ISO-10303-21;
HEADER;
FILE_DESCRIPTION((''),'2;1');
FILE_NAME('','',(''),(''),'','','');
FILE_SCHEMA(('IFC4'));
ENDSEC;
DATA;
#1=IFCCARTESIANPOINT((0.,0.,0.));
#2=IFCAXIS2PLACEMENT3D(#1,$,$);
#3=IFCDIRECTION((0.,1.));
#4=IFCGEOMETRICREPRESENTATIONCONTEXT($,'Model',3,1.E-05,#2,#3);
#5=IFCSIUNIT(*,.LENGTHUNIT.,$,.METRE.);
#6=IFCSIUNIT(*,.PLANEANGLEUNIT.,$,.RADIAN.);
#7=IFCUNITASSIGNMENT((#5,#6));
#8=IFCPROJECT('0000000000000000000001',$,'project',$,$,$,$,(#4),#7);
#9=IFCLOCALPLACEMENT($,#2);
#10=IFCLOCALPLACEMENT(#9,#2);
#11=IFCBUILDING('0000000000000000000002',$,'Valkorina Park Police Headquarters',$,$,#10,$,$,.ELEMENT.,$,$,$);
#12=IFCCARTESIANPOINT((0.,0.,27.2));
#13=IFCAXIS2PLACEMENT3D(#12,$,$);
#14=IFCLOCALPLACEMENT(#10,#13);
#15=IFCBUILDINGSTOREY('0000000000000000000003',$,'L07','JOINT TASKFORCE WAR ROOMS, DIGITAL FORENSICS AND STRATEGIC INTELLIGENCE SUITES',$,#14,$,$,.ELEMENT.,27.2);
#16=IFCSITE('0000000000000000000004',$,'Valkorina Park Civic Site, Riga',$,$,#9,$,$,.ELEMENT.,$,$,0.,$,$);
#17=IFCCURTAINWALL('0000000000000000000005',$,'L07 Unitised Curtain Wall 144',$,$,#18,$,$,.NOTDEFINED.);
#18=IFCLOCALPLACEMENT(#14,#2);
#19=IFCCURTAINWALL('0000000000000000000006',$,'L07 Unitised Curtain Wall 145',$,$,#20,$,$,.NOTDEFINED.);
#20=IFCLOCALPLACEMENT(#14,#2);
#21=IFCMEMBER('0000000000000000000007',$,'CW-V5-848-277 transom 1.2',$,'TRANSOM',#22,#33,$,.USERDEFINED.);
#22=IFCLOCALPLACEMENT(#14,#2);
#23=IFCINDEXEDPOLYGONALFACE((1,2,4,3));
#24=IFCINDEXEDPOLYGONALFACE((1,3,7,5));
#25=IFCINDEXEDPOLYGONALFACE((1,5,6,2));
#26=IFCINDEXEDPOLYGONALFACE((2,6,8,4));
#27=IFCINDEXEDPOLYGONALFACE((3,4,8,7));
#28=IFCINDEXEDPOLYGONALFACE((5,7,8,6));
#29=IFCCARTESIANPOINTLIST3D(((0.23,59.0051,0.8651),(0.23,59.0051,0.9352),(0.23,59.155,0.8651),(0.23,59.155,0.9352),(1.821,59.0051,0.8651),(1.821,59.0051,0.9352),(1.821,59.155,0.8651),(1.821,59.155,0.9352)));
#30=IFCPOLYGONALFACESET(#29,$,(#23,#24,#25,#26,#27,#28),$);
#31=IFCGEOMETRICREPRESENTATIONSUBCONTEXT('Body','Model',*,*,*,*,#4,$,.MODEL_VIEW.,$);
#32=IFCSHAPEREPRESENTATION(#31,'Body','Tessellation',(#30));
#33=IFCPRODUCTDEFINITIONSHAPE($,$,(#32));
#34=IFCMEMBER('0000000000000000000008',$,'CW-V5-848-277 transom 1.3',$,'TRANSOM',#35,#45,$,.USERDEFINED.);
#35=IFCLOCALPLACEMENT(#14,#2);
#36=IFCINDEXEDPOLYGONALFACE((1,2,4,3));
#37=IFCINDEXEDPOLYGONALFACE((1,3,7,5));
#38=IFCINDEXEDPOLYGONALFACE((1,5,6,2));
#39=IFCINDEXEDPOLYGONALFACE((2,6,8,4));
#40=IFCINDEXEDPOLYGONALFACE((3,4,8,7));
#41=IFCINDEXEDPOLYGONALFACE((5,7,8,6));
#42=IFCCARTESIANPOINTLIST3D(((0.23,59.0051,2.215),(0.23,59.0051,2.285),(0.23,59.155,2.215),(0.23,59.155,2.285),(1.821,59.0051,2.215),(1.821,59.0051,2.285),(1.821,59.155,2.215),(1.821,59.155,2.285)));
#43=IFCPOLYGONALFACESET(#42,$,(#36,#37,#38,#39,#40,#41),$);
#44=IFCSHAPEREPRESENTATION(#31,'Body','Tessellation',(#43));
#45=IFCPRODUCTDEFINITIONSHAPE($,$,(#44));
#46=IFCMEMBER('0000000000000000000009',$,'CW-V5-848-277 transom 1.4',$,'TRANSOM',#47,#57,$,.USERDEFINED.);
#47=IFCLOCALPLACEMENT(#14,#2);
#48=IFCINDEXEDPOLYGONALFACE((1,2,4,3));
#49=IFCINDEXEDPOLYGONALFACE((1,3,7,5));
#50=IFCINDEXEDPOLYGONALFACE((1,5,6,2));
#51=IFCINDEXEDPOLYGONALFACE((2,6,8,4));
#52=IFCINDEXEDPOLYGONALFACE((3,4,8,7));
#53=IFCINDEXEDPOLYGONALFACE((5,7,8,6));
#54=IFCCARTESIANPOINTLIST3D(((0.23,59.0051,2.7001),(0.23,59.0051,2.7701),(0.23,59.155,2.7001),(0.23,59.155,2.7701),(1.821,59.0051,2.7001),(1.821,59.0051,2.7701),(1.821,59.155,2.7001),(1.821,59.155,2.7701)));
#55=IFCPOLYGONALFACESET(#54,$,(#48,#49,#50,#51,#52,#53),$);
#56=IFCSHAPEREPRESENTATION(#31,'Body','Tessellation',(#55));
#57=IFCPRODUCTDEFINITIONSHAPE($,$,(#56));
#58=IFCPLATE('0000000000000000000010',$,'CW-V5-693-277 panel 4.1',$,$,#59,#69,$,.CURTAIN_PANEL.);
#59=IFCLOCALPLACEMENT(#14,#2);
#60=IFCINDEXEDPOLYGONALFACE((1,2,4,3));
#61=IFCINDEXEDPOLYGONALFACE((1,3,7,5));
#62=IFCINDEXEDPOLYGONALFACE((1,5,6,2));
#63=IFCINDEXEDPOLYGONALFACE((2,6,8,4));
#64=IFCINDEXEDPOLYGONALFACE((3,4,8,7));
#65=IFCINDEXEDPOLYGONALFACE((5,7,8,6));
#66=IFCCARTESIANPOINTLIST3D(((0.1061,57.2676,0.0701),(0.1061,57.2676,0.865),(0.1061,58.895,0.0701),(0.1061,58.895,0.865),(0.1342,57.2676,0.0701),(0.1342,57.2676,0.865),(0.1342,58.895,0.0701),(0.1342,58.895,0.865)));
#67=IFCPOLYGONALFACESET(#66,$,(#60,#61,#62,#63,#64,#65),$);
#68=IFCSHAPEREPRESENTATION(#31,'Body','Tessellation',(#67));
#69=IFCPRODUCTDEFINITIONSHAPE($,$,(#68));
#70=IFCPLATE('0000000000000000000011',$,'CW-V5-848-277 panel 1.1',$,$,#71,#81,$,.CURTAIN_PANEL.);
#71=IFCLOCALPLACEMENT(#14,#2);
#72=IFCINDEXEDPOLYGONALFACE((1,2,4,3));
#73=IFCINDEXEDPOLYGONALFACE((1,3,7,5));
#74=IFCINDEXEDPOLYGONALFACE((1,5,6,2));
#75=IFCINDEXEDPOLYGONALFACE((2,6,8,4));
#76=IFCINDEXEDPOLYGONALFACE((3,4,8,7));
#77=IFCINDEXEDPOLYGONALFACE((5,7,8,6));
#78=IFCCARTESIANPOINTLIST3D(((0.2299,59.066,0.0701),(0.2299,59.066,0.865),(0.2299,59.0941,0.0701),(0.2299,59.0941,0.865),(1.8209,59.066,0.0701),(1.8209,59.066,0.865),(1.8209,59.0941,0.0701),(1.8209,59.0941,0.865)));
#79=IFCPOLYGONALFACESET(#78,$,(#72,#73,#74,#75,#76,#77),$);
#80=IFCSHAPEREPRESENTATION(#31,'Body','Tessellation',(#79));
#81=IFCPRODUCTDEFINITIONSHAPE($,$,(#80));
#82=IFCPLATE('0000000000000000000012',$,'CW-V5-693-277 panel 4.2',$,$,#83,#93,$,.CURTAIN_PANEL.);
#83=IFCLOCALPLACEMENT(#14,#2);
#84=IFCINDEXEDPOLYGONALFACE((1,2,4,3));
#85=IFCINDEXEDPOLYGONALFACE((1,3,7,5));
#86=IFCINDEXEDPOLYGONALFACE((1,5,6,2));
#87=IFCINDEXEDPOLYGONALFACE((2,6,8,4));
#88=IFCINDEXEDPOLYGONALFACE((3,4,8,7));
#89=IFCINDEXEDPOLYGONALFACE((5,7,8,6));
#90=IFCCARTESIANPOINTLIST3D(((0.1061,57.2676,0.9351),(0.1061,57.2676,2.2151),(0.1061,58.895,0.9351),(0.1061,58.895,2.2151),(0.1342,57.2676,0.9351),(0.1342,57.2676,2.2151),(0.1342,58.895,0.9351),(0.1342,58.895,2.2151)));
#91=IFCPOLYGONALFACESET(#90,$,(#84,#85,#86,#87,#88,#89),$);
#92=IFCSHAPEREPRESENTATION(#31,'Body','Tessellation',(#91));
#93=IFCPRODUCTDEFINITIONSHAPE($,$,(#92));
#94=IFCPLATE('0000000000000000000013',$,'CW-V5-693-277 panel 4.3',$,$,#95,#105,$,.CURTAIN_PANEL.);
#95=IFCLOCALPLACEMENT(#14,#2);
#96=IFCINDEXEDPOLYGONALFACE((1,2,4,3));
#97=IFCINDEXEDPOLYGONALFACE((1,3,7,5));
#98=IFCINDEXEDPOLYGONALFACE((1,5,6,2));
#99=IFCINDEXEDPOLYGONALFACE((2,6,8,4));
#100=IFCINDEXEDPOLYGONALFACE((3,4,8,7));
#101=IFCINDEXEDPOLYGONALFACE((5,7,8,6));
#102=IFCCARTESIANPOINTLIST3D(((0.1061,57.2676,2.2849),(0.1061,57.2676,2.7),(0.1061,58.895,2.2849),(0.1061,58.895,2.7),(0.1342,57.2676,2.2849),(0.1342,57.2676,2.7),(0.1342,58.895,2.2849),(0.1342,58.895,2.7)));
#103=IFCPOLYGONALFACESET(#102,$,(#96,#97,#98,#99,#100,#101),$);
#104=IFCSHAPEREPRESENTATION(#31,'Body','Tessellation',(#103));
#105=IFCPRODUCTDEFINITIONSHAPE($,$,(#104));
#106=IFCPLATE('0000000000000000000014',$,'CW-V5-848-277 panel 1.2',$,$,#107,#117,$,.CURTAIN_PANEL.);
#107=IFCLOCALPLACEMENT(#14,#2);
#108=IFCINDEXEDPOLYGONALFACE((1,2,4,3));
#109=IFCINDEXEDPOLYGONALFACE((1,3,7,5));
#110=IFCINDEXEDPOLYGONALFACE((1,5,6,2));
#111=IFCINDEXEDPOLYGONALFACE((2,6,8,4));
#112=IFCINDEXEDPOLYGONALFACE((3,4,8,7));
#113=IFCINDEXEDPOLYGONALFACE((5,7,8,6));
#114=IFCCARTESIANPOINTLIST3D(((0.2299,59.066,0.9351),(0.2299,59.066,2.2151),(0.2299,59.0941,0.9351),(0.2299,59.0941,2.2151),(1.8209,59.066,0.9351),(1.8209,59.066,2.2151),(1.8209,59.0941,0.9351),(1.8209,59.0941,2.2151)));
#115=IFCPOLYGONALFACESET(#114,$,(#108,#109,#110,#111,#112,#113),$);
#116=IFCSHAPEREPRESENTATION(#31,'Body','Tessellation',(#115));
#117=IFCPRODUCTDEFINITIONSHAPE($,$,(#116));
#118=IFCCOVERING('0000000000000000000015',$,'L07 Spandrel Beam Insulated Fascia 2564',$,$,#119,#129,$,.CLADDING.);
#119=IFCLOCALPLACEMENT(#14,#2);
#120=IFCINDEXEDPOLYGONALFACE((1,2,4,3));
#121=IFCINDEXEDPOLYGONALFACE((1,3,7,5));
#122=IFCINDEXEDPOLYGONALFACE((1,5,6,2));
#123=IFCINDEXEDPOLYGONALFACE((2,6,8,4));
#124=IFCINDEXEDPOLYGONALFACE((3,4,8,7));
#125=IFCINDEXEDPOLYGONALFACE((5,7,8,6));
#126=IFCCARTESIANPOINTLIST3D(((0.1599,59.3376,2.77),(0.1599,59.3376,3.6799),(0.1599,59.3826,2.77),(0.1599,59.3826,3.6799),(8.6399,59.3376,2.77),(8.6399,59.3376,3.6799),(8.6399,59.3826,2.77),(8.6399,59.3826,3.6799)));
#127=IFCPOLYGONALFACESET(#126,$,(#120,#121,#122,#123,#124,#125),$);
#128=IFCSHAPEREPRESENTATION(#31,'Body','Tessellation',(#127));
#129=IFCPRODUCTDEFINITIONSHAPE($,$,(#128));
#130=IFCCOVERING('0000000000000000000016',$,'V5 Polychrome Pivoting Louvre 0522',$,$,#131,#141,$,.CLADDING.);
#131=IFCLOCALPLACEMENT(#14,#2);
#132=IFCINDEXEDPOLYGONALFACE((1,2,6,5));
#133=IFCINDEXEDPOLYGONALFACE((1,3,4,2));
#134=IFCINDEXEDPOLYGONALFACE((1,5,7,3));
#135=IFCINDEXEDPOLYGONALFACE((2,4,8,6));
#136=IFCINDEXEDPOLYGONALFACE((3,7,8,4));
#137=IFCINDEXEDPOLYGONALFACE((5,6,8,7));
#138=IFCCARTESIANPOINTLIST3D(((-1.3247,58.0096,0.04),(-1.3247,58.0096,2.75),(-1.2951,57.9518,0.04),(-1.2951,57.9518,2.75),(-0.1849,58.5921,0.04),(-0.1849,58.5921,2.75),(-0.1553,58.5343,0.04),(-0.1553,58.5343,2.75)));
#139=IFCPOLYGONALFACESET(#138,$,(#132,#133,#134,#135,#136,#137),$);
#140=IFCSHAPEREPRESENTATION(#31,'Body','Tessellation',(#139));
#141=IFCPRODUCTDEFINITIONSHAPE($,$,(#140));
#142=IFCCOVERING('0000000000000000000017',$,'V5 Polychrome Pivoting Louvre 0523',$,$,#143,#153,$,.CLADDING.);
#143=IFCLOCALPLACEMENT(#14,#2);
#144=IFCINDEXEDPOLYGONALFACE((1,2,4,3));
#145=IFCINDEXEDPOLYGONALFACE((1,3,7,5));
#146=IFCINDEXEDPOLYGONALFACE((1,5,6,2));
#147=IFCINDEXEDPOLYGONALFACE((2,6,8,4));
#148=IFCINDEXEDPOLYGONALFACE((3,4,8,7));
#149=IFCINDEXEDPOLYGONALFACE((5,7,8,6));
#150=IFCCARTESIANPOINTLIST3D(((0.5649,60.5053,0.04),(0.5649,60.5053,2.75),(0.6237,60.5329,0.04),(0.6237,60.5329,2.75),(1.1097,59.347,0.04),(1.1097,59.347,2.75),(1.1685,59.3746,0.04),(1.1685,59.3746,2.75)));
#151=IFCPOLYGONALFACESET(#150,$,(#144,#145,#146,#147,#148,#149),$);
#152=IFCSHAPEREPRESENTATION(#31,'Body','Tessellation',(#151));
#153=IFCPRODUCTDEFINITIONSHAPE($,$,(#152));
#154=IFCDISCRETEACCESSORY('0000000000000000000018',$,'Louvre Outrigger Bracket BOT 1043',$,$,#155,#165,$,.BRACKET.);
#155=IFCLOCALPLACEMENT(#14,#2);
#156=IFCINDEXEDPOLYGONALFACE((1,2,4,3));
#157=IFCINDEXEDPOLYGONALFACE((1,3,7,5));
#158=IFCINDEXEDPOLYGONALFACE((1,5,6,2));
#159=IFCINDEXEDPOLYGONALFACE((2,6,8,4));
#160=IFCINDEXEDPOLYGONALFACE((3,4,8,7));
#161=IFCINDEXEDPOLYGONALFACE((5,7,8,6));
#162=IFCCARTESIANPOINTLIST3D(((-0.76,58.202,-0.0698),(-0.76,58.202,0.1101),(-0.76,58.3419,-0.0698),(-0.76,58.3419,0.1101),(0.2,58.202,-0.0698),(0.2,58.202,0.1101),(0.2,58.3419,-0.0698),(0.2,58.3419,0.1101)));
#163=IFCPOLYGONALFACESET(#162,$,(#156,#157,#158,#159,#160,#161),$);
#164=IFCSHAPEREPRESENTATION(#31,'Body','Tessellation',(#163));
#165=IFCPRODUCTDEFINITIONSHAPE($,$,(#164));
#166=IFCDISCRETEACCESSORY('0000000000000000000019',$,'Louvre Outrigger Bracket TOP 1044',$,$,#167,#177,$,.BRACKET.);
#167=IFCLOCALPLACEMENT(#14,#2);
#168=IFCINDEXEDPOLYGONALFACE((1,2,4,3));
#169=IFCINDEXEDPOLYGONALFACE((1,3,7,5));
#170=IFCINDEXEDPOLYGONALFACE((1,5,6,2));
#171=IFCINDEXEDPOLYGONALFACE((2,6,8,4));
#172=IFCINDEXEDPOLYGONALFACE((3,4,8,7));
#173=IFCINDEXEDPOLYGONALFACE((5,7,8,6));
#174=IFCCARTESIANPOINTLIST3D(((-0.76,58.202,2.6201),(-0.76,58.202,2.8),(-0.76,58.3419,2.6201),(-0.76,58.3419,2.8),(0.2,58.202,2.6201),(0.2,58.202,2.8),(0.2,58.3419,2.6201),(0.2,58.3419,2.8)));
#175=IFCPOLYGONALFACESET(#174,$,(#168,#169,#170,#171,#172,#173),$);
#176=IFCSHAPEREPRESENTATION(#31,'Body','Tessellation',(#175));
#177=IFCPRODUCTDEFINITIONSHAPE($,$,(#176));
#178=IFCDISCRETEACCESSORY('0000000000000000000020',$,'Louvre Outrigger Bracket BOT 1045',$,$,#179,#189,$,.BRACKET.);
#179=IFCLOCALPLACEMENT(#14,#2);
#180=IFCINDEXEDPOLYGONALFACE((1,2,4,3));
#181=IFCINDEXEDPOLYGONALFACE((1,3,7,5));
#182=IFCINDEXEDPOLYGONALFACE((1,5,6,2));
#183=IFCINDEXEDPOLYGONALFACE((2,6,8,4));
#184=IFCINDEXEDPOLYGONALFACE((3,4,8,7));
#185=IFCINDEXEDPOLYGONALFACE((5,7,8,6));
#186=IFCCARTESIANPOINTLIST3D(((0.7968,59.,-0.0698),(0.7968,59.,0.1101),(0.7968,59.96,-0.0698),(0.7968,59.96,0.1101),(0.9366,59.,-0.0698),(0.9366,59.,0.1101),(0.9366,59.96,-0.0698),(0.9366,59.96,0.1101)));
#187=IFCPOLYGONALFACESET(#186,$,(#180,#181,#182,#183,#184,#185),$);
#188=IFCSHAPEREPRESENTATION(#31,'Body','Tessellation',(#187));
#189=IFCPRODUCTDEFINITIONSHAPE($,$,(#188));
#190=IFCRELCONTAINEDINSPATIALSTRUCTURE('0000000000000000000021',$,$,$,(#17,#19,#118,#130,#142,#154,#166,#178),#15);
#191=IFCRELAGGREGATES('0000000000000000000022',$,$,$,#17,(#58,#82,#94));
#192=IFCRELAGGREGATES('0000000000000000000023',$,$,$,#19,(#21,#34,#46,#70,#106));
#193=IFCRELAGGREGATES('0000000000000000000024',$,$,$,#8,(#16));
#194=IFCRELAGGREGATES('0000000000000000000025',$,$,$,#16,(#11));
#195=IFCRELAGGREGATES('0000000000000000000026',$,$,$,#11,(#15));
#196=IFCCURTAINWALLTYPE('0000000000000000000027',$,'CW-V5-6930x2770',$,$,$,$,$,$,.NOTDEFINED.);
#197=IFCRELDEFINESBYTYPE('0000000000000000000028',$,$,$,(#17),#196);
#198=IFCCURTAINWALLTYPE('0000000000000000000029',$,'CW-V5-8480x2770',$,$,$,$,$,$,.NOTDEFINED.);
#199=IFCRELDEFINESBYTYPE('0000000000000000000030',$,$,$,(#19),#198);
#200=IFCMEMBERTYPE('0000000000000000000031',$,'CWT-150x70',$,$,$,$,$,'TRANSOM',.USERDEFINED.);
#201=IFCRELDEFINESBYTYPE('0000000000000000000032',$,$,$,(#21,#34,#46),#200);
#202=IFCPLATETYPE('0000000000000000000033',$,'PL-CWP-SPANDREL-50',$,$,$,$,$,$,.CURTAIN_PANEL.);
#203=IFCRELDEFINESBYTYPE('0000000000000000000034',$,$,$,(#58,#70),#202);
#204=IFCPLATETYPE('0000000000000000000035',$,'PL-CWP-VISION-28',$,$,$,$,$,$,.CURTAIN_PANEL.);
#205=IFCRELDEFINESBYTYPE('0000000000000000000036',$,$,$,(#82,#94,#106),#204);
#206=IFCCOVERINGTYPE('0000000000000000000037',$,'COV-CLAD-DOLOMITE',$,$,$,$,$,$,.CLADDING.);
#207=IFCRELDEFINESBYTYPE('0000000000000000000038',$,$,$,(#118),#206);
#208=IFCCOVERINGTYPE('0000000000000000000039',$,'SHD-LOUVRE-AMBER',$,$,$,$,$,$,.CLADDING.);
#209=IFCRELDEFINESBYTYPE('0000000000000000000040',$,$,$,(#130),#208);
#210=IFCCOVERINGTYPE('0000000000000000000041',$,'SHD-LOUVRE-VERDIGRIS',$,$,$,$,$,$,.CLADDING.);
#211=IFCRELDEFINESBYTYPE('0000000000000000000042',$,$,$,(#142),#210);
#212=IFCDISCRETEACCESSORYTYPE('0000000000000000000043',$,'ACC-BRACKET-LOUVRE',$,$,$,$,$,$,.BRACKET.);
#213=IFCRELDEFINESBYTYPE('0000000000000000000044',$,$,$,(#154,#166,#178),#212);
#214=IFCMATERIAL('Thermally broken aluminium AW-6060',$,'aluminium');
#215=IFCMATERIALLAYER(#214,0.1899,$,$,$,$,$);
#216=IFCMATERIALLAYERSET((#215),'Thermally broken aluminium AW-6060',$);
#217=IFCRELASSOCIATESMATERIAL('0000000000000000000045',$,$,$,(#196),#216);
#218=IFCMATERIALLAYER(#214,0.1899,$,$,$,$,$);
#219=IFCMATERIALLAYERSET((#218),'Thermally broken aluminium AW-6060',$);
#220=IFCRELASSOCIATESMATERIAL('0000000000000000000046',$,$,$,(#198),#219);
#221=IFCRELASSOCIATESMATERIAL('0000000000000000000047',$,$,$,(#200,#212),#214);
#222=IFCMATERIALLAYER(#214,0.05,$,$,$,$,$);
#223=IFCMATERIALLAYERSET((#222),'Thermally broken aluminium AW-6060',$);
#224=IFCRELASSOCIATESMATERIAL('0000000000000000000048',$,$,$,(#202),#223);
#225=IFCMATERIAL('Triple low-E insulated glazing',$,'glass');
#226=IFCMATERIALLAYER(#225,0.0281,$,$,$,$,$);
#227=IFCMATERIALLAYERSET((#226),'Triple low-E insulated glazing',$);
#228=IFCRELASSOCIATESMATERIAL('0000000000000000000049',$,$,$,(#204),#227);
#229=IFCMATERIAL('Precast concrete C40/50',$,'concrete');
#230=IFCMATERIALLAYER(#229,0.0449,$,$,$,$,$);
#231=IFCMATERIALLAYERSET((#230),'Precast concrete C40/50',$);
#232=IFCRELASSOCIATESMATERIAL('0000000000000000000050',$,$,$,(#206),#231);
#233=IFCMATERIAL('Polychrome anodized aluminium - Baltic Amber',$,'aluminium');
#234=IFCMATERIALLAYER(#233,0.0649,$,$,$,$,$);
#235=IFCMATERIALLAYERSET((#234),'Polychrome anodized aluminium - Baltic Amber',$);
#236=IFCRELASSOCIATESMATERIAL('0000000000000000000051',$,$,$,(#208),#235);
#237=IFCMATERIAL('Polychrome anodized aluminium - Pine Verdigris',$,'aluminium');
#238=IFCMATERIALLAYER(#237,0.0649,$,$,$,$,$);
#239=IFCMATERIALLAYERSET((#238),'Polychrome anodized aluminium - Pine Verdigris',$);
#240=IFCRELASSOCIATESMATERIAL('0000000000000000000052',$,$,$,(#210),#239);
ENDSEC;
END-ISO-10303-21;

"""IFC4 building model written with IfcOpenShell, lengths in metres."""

from ifc_helpers import new_model, si_unit, direction, frame, frame_2d, origin, origin_2d, place, context, subcontext, project, spatial, rectangle, extrude, material, layer, layer_set, material_profile, profile_set, type_object, element, aggregate, save


model = new_model("IFC4")

# Units and contexts
model_context = context("Model", 3, precision=1e-05, world=origin(), true_north=direction((0.0, 1.0)))
body_context = subcontext(model_context, "Body", "Model", "MODEL_VIEW")
ifc_project = project(units=[si_unit("LENGTHUNIT", "METRE"), si_unit("PLANEANGLEUNIT", "RADIAN")], contexts=[model_context])

# Site, building, storey
site_placement = place(None, origin())
site = spatial("IfcSite", under=ifc_project, at=site_placement, Name="Valkorina Park Civic Site, Riga", CompositionType="ELEMENT", RefElevation=0.0)
building_placement = place(site_placement, origin())
building = spatial("IfcBuilding", under=site, at=building_placement, Name="Valkorina Park Police Headquarters", CompositionType="ELEMENT")
storey_placement = place(building_placement, frame((0.0, 0.0, 27.2)))
storey = spatial("IfcBuildingStorey", under=building, at=storey_placement, Name="L07", Description="JOINT TASKFORCE WAR ROOMS, DIGITAL FORENSICS AND STRATEGIC INTELLIGENCE SUITES", CompositionType="ELEMENT", Elevation=27.2)

# Curtain walls
ifc_material_1 = material(Name="Thermally broken aluminium AW-6060", Category="aluminium")
ifc_layer_1 = layer(ifc_material_1, 0.1899)
ifc_layer_set_1 = layer_set([ifc_layer_1], Name="Thermally broken aluminium AW-6060")
curtain_wall_type_1 = type_object("IfcCurtainWallType", Name="CW-V5-6930x2770", PredefinedType="NOTDEFINED", material=ifc_layer_set_1)
curtain_wall_1_placement = place(storey_placement, origin())
curtain_wall_1 = element("IfcCurtainWall", 1, at=curtain_wall_1_placement, inside=storey, type_object=curtain_wall_type_1, Name="L07 Unitised Curtain Wall 144", PredefinedType="NOTDEFINED")
ifc_layer_2 = layer(ifc_material_1, 0.1899)
ifc_layer_set_2 = layer_set([ifc_layer_2], Name="Thermally broken aluminium AW-6060")
curtain_wall_type_2 = type_object("IfcCurtainWallType", Name="CW-V5-8480x2770", PredefinedType="NOTDEFINED", material=ifc_layer_set_2)
curtain_wall_2_placement = place(storey_placement, origin())
curtain_wall_2 = element("IfcCurtainWall", 2, at=curtain_wall_2_placement, inside=storey, type_object=curtain_wall_type_2, Name="L07 Unitised Curtain Wall 145", PredefinedType="NOTDEFINED")

# Members
ifc_material_profile_1 = material_profile(ifc_material_1, rectangle(XDim=0.1499, YDim=0.0701, at=origin_2d()), Name="CWT-02 150x70")
ifc_profile_set_1 = profile_set([ifc_material_profile_1], Name="Thermally broken aluminium AW-6060")
member_type_1 = type_object("IfcMemberType", Name="CWT-150x70", ElementType="TRANSOM", PredefinedType="USERDEFINED", material=ifc_profile_set_1)
member_1_placement = place(storey_placement, frame((0.23, 59.0801, 0.9001), z_axis=(1.0, 0.0, 0.0), x_axis=(0.0, 1.0, 0.0)))
member_1 = element("IfcMember", 3, at=member_1_placement, type_object=member_type_1, Name="CW-V5-848-277 transom 1.2", ObjectType="TRANSOM", PredefinedType="USERDEFINED", context=body_context, shape_type="SweptSolid", body=[
    extrude(rectangle(XDim=0.1499, YDim=0.0701, at=origin_2d()), origin(), (0.0, 0.0, 1.0), 1.5911),
])
member_2_placement = place(storey_placement, frame((0.23, 59.0801, 2.25), z_axis=(1.0, 0.0, 0.0), x_axis=(0.0, 1.0, 0.0)))
member_2 = element("IfcMember", 4, at=member_2_placement, type_object=member_type_1, Name="CW-V5-848-277 transom 1.3", ObjectType="TRANSOM", PredefinedType="USERDEFINED", context=body_context, shape_type="SweptSolid", body=[
    extrude(rectangle(XDim=0.1499, YDim=0.0701, at=origin_2d()), origin(), (0.0, 0.0, 1.0), 1.5911),
])
member_3_placement = place(storey_placement, frame((0.23, 59.0801, 2.7351), z_axis=(1.0, 0.0, 0.0), x_axis=(0.0, 1.0, 0.0)))
member_3 = element("IfcMember", 5, at=member_3_placement, type_object=member_type_1, Name="CW-V5-848-277 transom 1.4", ObjectType="TRANSOM", PredefinedType="USERDEFINED", context=body_context, shape_type="SweptSolid", body=[
    extrude(rectangle(XDim=0.1499, YDim=0.0701, at=origin_2d()), origin(), (0.0, 0.0, 1.0), 1.5911),
])

# Plates
ifc_layer_3 = layer(ifc_material_1, 0.05)
ifc_layer_set_3 = layer_set([ifc_layer_3], Name="Thermally broken aluminium AW-6060")
plate_type_1 = type_object("IfcPlateType", Name="PL-CWP-SPANDREL-50", PredefinedType="CURTAIN_PANEL", material=ifc_layer_set_3)
plate_1_placement = place(storey_placement, frame((0.1201, 58.0813, 0.0701), z_axis=(0.0, 0.0, 1.0), x_axis=(0.0, 1.0, 0.0)))
plate_1 = element("IfcPlate", 6, at=plate_1_placement, type_object=plate_type_1, Name="CW-V5-693-277 panel 4.1", PredefinedType="CURTAIN_PANEL", context=body_context, shape_type="SweptSolid", body=[
    extrude(rectangle(XDim=1.6274, YDim=0.0281, at=origin_2d()), origin(), (0.0, 0.0, 1.0), 0.7949),
])
plate_2_placement = place(storey_placement, frame((1.0254, 59.0801, 0.0701), z_axis=(0.0, 0.0, 1.0), x_axis=(1.0, 0.0, 0.0)))
plate_2 = element("IfcPlate", 7, at=plate_2_placement, type_object=plate_type_1, Name="CW-V5-848-277 panel 1.1", PredefinedType="CURTAIN_PANEL", context=body_context, shape_type="SweptSolid", body=[
    extrude(rectangle(XDim=1.5911, YDim=0.0281, at=origin_2d()), origin(), (0.0, 0.0, 1.0), 0.7949),
])
ifc_material_2 = material(Name="Triple low-E insulated glazing", Category="glass")
ifc_layer_4 = layer(ifc_material_2, 0.0281)
ifc_layer_set_4 = layer_set([ifc_layer_4], Name="Triple low-E insulated glazing")
plate_type_2 = type_object("IfcPlateType", Name="PL-CWP-VISION-28", PredefinedType="CURTAIN_PANEL", material=ifc_layer_set_4)
plate_3_placement = place(storey_placement, frame((0.1201, 58.0813, 0.9351), z_axis=(0.0, 0.0, 1.0), x_axis=(0.0, 1.0, 0.0)))
plate_3 = element("IfcPlate", 8, at=plate_3_placement, type_object=plate_type_2, Name="CW-V5-693-277 panel 4.2", PredefinedType="CURTAIN_PANEL", context=body_context, shape_type="SweptSolid", body=[
    extrude(rectangle(XDim=1.6274, YDim=0.0281, at=origin_2d()), origin(), (0.0, 0.0, 1.0), 1.28),
])
plate_4_placement = place(storey_placement, frame((0.1201, 58.0813, 2.2849), z_axis=(0.0, 0.0, 1.0), x_axis=(0.0, 1.0, 0.0)))
plate_4 = element("IfcPlate", 9, at=plate_4_placement, type_object=plate_type_2, Name="CW-V5-693-277 panel 4.3", PredefinedType="CURTAIN_PANEL", context=body_context, shape_type="SweptSolid", body=[
    extrude(rectangle(XDim=1.6274, YDim=0.0281, at=origin_2d()), origin(), (0.0, 0.0, 1.0), 0.415),
])
aggregate(curtain_wall_1, [plate_1, plate_3, plate_4])
plate_5_placement = place(storey_placement, frame((1.0254, 59.0801, 0.9351), z_axis=(0.0, 0.0, 1.0), x_axis=(1.0, 0.0, 0.0)))
plate_5 = element("IfcPlate", 10, at=plate_5_placement, type_object=plate_type_2, Name="CW-V5-848-277 panel 1.2", PredefinedType="CURTAIN_PANEL", context=body_context, shape_type="SweptSolid", body=[
    extrude(rectangle(XDim=1.5911, YDim=0.0281, at=origin_2d()), origin(), (0.0, 0.0, 1.0), 1.28),
])
aggregate(curtain_wall_2, [member_1, member_2, member_3, plate_2, plate_5])

# Coverings
ifc_material_3 = material(Name="Precast concrete C40/50", Category="concrete")
ifc_layer_5 = layer(ifc_material_3, 0.0449)
ifc_layer_set_5 = layer_set([ifc_layer_5], Name="Precast concrete C40/50")
covering_type_1 = type_object("IfcCoveringType", Name="COV-CLAD-DOLOMITE", PredefinedType="CLADDING", material=ifc_layer_set_5)
covering_1_placement = place(storey_placement, frame((0.1599, 59.3601, 2.77), z_axis=(0.0, 0.0, 1.0), x_axis=(1.0, 0.0, 0.0)))
element("IfcCovering", 11, at=covering_1_placement, inside=storey, type_object=covering_type_1, Name="L07 Spandrel Beam Insulated Fascia 2564", PredefinedType="CLADDING", context=body_context, shape_type="SweptSolid", body=[
    extrude(rectangle(XDim=8.48, YDim=0.0449, at=frame_2d((4.24, 0.0))), origin(), (0.0, 0.0, 1.0), 0.9099),
])
ifc_material_4 = material(Name="Polychrome anodized aluminium - Baltic Amber", Category="aluminium")
ifc_layer_6 = layer(ifc_material_4, 0.0649)
ifc_layer_set_6 = layer_set([ifc_layer_6], Name="Polychrome anodized aluminium - Baltic Amber")
covering_type_2 = type_object("IfcCoveringType", Name="SHD-LOUVRE-AMBER", PredefinedType="CLADDING", material=ifc_layer_set_6)
covering_2_placement = place(storey_placement, frame((-0.74, 58.272, 0.04), z_axis=(0.0, 0.0, 1.0), x_axis=(-0.890451, -0.455079, 0.0)))
element("IfcCovering", 12, at=covering_2_placement, inside=storey, type_object=covering_type_2, Name="V5 Polychrome Pivoting Louvre 0522", PredefinedType="CLADDING", context=body_context, shape_type="SweptSolid", body=[
    extrude(rectangle(XDim=1.28, YDim=0.0649, at=origin_2d()), origin(), (0.0, 0.0, 1.0), 2.71),
])
ifc_material_5 = material(Name="Polychrome anodized aluminium - Pine Verdigris", Category="aluminium")
ifc_layer_7 = layer(ifc_material_5, 0.0649)
ifc_layer_set_7 = layer_set([ifc_layer_7], Name="Polychrome anodized aluminium - Pine Verdigris")
covering_type_3 = type_object("IfcCoveringType", Name="SHD-LOUVRE-VERDIGRIS", PredefinedType="CLADDING", material=ifc_layer_set_7)
covering_3_placement = place(storey_placement, frame((0.8667, 59.9399, 0.04), z_axis=(0.0, 0.0, 1.0), x_axis=(-0.425621, 0.904901, 0.0)))
element("IfcCovering", 13, at=covering_3_placement, inside=storey, type_object=covering_type_3, Name="V5 Polychrome Pivoting Louvre 0523", PredefinedType="CLADDING", context=body_context, shape_type="SweptSolid", body=[
    extrude(rectangle(XDim=1.28, YDim=0.0649, at=origin_2d()), origin(), (0.0, 0.0, 1.0), 2.71),
])

# Discrete accessories
discrete_accessory_type = type_object("IfcDiscreteAccessoryType", Name="ACC-BRACKET-LOUVRE", PredefinedType="BRACKET", material=ifc_material_1)
for number, where, z_axis, x_axis, name in (
    (14, (-0.28, 58.272, -0.0698), (0.0, 0.0, 1.0), (-1.0, 0.0, 0.0), "Louvre Outrigger Bracket BOT 1043"),
    (15, (-0.28, 58.272, 2.6201), (0.0, 0.0, 1.0), (-1.0, 0.0, 0.0), "Louvre Outrigger Bracket TOP 1044"),
    (16, (0.8667, 59.48, -0.0698), (0.0, 0.0, 1.0), (0.0, 1.0, 0.0), "Louvre Outrigger Bracket BOT 1045"),
):
    element("IfcDiscreteAccessory", number, at=place(storey_placement, frame(where, z_axis=z_axis, x_axis=x_axis)), inside=storey, type_object=discrete_accessory_type, Name=name, PredefinedType="BRACKET", context=body_context, shape_type="SweptSolid", body=[
        extrude(rectangle(XDim=0.96, YDim=0.1399, at=origin_2d()), origin(), (0.0, 0.0, 1.0), 0.1799),
    ])

save(model, "model.ifc")
